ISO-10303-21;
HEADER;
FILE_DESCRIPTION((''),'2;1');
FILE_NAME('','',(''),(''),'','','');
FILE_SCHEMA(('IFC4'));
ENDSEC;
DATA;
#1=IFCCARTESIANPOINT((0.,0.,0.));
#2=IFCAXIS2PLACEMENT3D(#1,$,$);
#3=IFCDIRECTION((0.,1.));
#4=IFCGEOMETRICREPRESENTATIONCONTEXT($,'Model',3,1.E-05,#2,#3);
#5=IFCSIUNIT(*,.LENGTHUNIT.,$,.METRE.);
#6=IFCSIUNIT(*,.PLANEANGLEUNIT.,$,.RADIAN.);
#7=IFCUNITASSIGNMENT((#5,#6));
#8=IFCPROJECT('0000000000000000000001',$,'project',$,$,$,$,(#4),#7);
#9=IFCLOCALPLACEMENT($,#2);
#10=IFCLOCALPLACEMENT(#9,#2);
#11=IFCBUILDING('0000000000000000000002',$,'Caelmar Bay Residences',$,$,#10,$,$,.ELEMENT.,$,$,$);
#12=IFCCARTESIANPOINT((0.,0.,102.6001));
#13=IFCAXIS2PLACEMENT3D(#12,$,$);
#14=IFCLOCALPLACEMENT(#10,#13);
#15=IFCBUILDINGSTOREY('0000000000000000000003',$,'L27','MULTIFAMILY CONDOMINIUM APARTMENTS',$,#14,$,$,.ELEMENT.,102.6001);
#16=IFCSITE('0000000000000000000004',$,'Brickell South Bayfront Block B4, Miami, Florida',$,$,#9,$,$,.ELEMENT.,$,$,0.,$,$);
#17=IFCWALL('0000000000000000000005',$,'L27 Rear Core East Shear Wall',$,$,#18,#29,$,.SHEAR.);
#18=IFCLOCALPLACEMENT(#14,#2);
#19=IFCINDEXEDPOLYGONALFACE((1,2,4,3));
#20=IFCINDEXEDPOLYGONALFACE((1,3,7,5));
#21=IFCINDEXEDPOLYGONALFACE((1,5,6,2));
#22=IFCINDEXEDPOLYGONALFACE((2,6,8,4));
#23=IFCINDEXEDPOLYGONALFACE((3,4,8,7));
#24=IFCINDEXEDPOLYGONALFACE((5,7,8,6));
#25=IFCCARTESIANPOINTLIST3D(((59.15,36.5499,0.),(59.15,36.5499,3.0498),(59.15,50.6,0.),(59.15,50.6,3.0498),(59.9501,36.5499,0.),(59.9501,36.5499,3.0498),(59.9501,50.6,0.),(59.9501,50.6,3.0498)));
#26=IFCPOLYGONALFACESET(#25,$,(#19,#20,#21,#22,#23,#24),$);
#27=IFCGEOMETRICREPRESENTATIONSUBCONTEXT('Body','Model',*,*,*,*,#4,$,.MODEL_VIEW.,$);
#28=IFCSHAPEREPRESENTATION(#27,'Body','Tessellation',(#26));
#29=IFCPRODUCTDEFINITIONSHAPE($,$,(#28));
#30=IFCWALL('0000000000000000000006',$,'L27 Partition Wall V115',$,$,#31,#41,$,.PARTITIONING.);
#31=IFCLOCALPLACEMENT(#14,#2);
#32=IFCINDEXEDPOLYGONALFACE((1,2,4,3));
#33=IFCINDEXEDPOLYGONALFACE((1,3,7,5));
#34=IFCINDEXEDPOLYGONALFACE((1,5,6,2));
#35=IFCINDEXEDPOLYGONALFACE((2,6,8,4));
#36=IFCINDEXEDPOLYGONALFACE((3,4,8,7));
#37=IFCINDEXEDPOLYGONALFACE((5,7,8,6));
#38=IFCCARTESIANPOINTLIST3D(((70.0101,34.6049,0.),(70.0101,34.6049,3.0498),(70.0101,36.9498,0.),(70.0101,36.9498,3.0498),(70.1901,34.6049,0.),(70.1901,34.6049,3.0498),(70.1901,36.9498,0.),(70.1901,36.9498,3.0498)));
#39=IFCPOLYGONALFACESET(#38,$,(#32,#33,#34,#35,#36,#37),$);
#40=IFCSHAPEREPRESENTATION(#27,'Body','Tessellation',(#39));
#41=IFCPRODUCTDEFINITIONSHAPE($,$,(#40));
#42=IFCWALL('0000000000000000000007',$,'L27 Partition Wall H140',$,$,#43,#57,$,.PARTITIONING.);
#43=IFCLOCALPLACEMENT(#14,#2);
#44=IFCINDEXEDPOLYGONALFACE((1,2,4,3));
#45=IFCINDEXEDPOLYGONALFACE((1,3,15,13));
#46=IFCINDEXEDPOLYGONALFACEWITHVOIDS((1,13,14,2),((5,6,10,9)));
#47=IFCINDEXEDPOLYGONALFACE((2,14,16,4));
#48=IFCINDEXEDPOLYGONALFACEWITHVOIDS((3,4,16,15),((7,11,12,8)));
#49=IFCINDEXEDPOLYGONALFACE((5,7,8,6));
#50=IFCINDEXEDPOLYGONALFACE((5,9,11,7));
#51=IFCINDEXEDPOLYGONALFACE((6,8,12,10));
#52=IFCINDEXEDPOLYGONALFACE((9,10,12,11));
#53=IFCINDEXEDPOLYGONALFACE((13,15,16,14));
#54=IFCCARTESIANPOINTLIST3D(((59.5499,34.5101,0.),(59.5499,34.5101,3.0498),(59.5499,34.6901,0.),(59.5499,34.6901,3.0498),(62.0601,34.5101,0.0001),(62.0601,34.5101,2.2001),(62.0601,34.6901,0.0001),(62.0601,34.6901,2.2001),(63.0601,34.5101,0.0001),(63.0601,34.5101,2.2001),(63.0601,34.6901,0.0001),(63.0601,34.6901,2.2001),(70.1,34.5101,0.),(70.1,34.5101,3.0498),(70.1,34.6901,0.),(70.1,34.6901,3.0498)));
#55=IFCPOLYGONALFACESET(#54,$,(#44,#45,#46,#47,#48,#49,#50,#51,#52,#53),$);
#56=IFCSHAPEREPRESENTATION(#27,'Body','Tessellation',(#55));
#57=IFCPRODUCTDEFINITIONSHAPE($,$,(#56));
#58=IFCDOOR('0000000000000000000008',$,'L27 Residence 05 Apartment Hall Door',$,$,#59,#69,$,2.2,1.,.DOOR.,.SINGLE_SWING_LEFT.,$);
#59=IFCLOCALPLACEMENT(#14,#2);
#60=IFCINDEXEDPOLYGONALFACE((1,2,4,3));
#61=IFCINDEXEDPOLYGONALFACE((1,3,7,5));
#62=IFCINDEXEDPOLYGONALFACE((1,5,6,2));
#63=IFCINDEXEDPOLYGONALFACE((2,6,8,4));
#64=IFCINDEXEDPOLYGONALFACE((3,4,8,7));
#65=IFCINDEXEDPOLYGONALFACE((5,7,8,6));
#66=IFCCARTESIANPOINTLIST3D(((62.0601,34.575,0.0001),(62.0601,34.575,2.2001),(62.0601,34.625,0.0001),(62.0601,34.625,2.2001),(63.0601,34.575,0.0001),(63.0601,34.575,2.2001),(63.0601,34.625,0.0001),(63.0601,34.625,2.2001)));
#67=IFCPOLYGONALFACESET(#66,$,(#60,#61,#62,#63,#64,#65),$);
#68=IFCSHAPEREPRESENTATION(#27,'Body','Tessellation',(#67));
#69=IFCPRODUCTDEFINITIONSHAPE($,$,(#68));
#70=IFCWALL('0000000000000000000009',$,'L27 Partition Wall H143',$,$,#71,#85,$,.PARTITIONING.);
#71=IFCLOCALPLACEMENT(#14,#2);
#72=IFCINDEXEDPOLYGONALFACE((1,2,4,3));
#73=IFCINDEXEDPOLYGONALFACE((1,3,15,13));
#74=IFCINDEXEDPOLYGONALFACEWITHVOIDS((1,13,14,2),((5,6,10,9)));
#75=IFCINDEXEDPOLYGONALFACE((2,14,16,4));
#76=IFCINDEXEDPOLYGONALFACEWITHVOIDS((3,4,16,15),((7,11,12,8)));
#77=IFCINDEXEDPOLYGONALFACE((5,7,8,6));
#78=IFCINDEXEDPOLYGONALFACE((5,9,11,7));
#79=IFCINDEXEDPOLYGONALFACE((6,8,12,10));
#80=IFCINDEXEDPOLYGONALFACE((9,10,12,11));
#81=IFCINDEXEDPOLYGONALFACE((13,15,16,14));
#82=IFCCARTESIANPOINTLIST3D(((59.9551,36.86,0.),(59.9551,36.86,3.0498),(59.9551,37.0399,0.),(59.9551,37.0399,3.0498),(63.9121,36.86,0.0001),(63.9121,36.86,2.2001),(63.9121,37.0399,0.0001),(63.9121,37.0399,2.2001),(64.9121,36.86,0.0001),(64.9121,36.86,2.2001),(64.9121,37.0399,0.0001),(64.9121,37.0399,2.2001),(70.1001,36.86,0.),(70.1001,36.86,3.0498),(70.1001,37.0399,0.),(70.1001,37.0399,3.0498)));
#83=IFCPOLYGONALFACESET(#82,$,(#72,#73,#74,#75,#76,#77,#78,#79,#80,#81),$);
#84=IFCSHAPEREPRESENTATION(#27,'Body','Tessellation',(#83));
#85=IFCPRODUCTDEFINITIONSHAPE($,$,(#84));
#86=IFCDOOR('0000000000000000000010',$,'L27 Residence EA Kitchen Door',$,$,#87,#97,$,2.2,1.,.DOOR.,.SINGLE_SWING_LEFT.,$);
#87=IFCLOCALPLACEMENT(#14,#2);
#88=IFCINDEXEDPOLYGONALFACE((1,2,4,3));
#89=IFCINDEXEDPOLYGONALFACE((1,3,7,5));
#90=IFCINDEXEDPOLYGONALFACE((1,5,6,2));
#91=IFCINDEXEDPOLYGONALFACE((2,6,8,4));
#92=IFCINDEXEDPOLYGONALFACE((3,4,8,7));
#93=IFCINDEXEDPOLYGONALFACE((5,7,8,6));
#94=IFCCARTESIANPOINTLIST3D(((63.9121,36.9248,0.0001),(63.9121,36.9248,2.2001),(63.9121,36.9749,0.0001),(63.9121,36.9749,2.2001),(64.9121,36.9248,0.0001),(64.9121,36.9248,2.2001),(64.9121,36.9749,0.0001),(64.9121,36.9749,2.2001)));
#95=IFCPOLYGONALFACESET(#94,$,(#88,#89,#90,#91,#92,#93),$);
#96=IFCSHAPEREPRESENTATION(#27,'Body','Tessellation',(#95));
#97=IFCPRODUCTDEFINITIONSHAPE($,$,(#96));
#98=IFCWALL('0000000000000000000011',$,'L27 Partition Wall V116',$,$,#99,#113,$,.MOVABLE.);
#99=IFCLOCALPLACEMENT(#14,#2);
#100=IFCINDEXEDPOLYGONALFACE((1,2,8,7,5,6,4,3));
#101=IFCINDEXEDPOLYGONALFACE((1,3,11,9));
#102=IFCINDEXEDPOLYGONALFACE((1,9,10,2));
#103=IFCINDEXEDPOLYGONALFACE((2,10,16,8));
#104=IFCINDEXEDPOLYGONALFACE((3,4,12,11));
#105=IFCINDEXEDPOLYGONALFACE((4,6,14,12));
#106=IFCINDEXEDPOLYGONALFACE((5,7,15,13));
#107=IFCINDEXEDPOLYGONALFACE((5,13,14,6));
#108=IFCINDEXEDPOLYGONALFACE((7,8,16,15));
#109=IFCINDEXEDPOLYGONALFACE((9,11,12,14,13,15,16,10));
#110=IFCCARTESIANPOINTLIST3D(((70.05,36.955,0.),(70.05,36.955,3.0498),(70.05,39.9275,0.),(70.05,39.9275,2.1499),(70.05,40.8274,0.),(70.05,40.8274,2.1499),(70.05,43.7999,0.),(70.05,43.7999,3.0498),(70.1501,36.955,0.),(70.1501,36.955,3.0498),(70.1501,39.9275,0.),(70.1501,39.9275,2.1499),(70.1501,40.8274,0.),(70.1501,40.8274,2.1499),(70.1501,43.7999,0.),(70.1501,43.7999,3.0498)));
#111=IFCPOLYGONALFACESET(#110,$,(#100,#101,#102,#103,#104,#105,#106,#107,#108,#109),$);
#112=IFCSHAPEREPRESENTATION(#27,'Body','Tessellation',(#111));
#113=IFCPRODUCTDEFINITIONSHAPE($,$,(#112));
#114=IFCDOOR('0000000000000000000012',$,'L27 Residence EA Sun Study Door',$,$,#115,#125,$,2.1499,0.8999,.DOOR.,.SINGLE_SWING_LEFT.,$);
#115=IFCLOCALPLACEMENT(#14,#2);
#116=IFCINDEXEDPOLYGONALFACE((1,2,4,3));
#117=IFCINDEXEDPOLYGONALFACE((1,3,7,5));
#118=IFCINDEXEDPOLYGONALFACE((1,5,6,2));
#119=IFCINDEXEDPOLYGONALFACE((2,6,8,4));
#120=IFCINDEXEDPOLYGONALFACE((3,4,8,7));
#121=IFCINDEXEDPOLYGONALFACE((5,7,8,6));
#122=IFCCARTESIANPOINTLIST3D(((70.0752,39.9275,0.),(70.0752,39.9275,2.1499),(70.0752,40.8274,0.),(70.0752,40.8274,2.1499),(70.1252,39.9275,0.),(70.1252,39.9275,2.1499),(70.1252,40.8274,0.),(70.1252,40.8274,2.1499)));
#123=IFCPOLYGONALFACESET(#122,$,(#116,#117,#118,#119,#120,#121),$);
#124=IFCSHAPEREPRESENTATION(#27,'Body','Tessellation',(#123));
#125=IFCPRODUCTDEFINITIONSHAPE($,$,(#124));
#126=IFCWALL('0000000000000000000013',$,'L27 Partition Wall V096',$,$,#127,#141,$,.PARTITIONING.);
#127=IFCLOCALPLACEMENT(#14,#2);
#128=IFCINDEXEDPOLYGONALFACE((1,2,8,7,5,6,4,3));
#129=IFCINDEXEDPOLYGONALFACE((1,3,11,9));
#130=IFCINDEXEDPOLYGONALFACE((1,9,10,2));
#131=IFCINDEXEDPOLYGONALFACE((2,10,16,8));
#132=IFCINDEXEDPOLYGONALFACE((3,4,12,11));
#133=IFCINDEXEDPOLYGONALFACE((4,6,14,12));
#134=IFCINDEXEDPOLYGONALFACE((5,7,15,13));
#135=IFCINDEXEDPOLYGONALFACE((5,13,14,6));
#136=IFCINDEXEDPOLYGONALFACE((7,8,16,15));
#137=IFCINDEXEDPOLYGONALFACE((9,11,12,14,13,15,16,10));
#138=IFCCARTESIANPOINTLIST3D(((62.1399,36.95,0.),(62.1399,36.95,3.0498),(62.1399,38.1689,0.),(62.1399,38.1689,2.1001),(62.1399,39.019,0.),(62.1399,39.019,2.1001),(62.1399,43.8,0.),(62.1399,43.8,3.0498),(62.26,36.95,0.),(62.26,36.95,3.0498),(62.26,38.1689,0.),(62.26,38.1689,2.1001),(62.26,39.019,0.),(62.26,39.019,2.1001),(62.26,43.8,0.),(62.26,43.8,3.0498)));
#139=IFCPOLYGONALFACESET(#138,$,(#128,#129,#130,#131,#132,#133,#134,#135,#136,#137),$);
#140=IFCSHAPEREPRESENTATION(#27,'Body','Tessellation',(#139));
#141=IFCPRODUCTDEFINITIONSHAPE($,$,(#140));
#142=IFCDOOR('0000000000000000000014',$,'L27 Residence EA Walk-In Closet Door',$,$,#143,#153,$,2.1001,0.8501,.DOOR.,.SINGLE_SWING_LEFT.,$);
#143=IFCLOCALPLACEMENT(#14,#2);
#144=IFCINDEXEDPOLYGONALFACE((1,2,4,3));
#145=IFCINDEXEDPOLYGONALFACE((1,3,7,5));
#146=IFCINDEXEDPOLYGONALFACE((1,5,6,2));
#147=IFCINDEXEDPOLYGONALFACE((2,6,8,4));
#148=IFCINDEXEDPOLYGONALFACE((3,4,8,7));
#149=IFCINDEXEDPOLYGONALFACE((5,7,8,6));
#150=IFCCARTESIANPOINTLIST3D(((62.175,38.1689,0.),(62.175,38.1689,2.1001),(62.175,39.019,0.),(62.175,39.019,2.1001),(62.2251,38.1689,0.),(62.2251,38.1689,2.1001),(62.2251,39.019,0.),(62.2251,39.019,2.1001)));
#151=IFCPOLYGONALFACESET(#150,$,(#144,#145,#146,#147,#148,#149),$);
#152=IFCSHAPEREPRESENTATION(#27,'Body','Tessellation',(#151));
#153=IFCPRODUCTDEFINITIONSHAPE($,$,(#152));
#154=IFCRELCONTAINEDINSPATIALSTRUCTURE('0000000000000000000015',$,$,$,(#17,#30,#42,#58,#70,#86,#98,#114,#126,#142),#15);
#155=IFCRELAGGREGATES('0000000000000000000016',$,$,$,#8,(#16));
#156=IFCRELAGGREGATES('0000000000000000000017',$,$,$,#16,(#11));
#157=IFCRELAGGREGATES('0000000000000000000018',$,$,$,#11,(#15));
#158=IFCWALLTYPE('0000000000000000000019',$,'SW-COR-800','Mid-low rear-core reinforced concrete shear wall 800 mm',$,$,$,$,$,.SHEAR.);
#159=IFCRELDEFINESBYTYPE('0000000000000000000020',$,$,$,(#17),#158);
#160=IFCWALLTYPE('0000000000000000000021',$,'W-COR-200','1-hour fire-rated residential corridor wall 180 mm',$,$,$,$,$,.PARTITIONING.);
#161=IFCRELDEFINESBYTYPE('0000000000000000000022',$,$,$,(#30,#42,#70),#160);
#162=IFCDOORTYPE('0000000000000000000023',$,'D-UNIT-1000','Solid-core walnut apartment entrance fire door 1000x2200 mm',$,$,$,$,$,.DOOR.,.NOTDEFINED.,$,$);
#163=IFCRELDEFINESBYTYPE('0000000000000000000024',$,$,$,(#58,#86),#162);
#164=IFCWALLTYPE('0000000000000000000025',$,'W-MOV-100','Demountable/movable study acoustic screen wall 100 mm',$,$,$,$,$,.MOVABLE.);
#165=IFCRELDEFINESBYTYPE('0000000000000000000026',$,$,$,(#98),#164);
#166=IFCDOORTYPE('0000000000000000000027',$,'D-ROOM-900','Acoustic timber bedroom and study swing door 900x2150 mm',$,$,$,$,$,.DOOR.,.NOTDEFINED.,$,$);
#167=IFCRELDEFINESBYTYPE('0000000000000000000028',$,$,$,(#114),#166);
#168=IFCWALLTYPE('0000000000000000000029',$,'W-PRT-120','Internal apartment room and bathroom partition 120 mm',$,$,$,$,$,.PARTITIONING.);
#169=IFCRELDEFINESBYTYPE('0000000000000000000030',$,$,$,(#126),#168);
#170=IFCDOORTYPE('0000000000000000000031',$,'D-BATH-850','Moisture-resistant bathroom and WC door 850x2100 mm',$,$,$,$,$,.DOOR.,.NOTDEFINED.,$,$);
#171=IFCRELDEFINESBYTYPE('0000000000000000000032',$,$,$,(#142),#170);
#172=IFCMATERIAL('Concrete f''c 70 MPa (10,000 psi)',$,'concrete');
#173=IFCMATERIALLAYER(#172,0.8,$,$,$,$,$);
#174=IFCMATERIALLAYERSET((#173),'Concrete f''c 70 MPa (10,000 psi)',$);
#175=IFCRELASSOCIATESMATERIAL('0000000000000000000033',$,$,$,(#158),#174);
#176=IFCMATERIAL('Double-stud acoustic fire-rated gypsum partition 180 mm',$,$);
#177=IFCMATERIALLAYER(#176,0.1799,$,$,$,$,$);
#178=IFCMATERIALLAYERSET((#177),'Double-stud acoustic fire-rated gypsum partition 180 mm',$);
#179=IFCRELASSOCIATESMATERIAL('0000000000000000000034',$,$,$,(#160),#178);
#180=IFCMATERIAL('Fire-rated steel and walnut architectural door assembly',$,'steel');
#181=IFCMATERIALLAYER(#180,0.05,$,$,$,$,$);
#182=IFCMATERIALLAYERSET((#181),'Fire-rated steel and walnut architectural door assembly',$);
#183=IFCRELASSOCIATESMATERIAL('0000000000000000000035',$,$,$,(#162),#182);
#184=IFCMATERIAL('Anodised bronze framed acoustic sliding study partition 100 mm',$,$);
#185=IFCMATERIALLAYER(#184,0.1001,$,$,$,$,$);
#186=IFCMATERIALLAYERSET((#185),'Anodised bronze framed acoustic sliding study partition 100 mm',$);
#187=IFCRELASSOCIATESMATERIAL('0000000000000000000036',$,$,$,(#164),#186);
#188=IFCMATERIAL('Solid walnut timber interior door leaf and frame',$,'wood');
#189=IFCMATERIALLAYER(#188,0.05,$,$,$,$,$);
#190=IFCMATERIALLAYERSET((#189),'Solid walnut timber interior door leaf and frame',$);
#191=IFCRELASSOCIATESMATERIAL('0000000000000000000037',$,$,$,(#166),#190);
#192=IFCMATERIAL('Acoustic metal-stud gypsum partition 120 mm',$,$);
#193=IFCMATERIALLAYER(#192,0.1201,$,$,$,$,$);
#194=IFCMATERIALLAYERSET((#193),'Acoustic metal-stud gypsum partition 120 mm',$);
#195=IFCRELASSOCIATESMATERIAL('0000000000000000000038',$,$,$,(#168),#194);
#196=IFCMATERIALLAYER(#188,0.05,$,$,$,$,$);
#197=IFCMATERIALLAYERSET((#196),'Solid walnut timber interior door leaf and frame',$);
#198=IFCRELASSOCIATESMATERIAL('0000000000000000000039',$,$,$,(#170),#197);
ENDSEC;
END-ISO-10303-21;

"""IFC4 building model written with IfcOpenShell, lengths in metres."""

from ifc_helpers import new_model, si_unit, direction, frame, frame_2d, origin, place, context, subcontext, project, spatial, rectangle, extrude, material, layer, layer_set, type_object, element, fill, save


model = new_model("IFC4")

# Units and contexts
model_context = context("Model", 3, precision=1e-05, world=origin(), true_north=direction((0.0, 1.0)))
body_context = subcontext(model_context, "Body", "Model", "MODEL_VIEW")
ifc_project = project(units=[si_unit("LENGTHUNIT", "METRE"), si_unit("PLANEANGLEUNIT", "RADIAN")], contexts=[model_context])

# Site, building, storey
site_placement = place(None, origin())
site = spatial("IfcSite", under=ifc_project, at=site_placement, Name="Brickell South Bayfront Block B4, Miami, Florida", CompositionType="ELEMENT", RefElevation=0.0)
building_placement = place(site_placement, origin())
building = spatial("IfcBuilding", under=site, at=building_placement, Name="Caelmar Bay Residences", CompositionType="ELEMENT")
storey_placement = place(building_placement, frame((0.0, 0.0, 102.6001)))
storey = spatial("IfcBuildingStorey", under=building, at=storey_placement, Name="L27", Description="MULTIFAMILY CONDOMINIUM APARTMENTS", CompositionType="ELEMENT", Elevation=102.6001)

# Walls
ifc_material_1 = material(Name="Concrete f'c 70 MPa (10,000 psi)", Category="concrete")
ifc_layer_1 = layer(ifc_material_1, 0.8)
ifc_layer_set_1 = layer_set([ifc_layer_1], Name="Concrete f'c 70 MPa (10,000 psi)")
wall_type_1 = type_object("IfcWallType", Name="SW-COR-800", Description="Mid-low rear-core reinforced concrete shear wall 800 mm", PredefinedType="SHEAR", material=ifc_layer_set_1)
wall_1_placement = place(storey_placement, frame((59.55, 36.55, 0.0), z_axis=(0.0, 0.0, 1.0), x_axis=(0.0, 1.0, 0.0)))
element("IfcWall", 1, at=wall_1_placement, inside=storey, type_object=wall_type_1, Name="L27 Rear Core East Shear Wall", PredefinedType="SHEAR", context=body_context, shape_type="SweptSolid", body=[
    extrude(rectangle(XDim=14.05, YDim=0.8, at=frame_2d((7.0249, 0.0))), origin(), (0.0, 0.0, 1.0), 3.0498),
])
ifc_material_2 = material(Name="Double-stud acoustic fire-rated gypsum partition 180 mm")
ifc_layer_2 = layer(ifc_material_2, 0.1799)
ifc_layer_set_2 = layer_set([ifc_layer_2], Name="Double-stud acoustic fire-rated gypsum partition 180 mm")
wall_type_2 = type_object("IfcWallType", Name="W-COR-200", Description="1-hour fire-rated residential corridor wall 180 mm", PredefinedType="PARTITIONING", material=ifc_layer_set_2)
wall_2_placement = place(storey_placement, frame((70.1001, 34.605, 0.0), z_axis=(0.0, 0.0, 1.0), x_axis=(0.0, 1.0, 0.0)))
element("IfcWall", 2, at=wall_2_placement, inside=storey, type_object=wall_type_2, Name="L27 Partition Wall V115", PredefinedType="PARTITIONING", context=body_context, shape_type="SweptSolid", body=[
    extrude(rectangle(XDim=2.345, YDim=0.1799, at=frame_2d((1.1724, 0.0))), origin(), (0.0, 0.0, 1.0), 3.0498),
])

# Walls, openings, doors
wall_3_placement = place(storey_placement, frame((59.55, 34.6001, 0.0), z_axis=(0.0, 0.0, 1.0), x_axis=(1.0, 0.0, 0.0)))
wall_3 = element("IfcWall", 3, at=wall_3_placement, inside=storey, type_object=wall_type_2, Name="L27 Partition Wall H140", PredefinedType="PARTITIONING", context=body_context, shape_type="SweptSolid", body=[
    extrude(rectangle(XDim=10.55, YDim=0.1799, at=frame_2d((5.2749, 0.0))), origin(), (0.0, 0.0, 1.0), 3.0498),
])
opening_1_placement = place(wall_3_placement, frame((2.51, 0.0, 0.0)))
opening_1 = element("IfcOpeningElement", 4, at=opening_1_placement, cuts=wall_3, PredefinedType="OPENING", context=body_context, shape_type="SweptSolid", body=[
    extrude(rectangle(XDim=1.0, YDim=2.2, at=frame_2d((0.5, 1.1001))), frame((0.0, 0.0999, 0.0), z_axis=(0.0, -1.0, 0.0), x_axis=(1.0, 0.0, 0.0)), (0.0, 0.0, 1.0), 0.2),
])
ifc_material_3 = material(Name="Fire-rated steel and walnut architectural door assembly", Category="steel")
ifc_layer_3 = layer(ifc_material_3, 0.05)
ifc_layer_set_3 = layer_set([ifc_layer_3], Name="Fire-rated steel and walnut architectural door assembly")
door_type_1 = type_object("IfcDoorType", Name="D-UNIT-1000", Description="Solid-core walnut apartment entrance fire door 1000x2200 mm", OperationType="NOTDEFINED", PredefinedType="DOOR", material=ifc_layer_set_3)
door_1_placement = place(opening_1_placement, origin())
door_1 = element("IfcDoor", 5, at=door_1_placement, inside=storey, type_object=door_type_1, Name="L27 Residence 05 Apartment Hall Door", OperationType="SINGLE_SWING_LEFT", OverallHeight=2.2, OverallWidth=1.0, PredefinedType="DOOR", context=body_context, shape_type="SweptSolid", body=[
    extrude(rectangle(XDim=1.0, YDim=2.2, at=frame_2d((0.5, 1.1001))), frame((0.0, 0.0249, 0.0), z_axis=(0.0, -1.0, 0.0), x_axis=(1.0, 0.0, 0.0)), (0.0, 0.0, 1.0), 0.05),
])
fill(opening_1, door_1)
wall_4_placement = place(storey_placement, frame((59.9551, 36.95, 0.0), z_axis=(0.0, 0.0, 1.0), x_axis=(1.0, 0.0, 0.0)))
wall_4 = element("IfcWall", 6, at=wall_4_placement, inside=storey, type_object=wall_type_2, Name="L27 Partition Wall H143", PredefinedType="PARTITIONING", context=body_context, shape_type="SweptSolid", body=[
    extrude(rectangle(XDim=10.145, YDim=0.1799, at=frame_2d((5.0725, 0.0))), origin(), (0.0, 0.0, 1.0), 3.0498),
])
opening_2_placement = place(wall_4_placement, frame((3.957, 0.0, 0.0)))
opening_2 = element("IfcOpeningElement", 7, at=opening_2_placement, cuts=wall_4, PredefinedType="OPENING", context=body_context, shape_type="SweptSolid", body=[
    extrude(rectangle(XDim=1.0, YDim=2.2, at=frame_2d((0.5, 1.1001))), frame((0.0, 0.0999, 0.0), z_axis=(0.0, -1.0, 0.0), x_axis=(1.0, 0.0, 0.0)), (0.0, 0.0, 1.0), 0.2),
])
door_2_placement = place(opening_2_placement, origin())
door_2 = element("IfcDoor", 8, at=door_2_placement, inside=storey, type_object=door_type_1, Name="L27 Residence EA Kitchen Door", OperationType="SINGLE_SWING_LEFT", OverallHeight=2.2, OverallWidth=1.0, PredefinedType="DOOR", context=body_context, shape_type="SweptSolid", body=[
    extrude(rectangle(XDim=1.0, YDim=2.2, at=frame_2d((0.5, 1.1001))), frame((0.0, 0.0249, 0.0), z_axis=(0.0, -1.0, 0.0), x_axis=(1.0, 0.0, 0.0)), (0.0, 0.0, 1.0), 0.05),
])
fill(opening_2, door_2)
ifc_material_4 = material(Name="Anodised bronze framed acoustic sliding study partition 100 mm")
ifc_layer_4 = layer(ifc_material_4, 0.1001)
ifc_layer_set_4 = layer_set([ifc_layer_4], Name="Anodised bronze framed acoustic sliding study partition 100 mm")
wall_type_3 = type_object("IfcWallType", Name="W-MOV-100", Description="Demountable/movable study acoustic screen wall 100 mm", PredefinedType="MOVABLE", material=ifc_layer_set_4)
wall_5_placement = place(storey_placement, frame((70.1001, 36.9551, 0.0), z_axis=(0.0, 0.0, 1.0), x_axis=(0.0, 1.0, 0.0)))
wall_5 = element("IfcWall", 9, at=wall_5_placement, inside=storey, type_object=wall_type_3, Name="L27 Partition Wall V116", PredefinedType="MOVABLE", context=body_context, shape_type="SweptSolid", body=[
    extrude(rectangle(XDim=6.845, YDim=0.1001, at=frame_2d((3.4224, 0.0))), origin(), (0.0, 0.0, 1.0), 3.0498),
])
opening_3_placement = place(wall_5_placement, frame((2.9724, 0.0, 0.0)))
opening_3 = element("IfcOpeningElement", 10, at=opening_3_placement, cuts=wall_5, PredefinedType="OPENING", context=body_context, shape_type="SweptSolid", body=[
    extrude(rectangle(XDim=0.8999, YDim=2.1499, at=frame_2d((0.45, 1.075))), frame((0.0, 0.0601, 0.0), z_axis=(0.0, -1.0, 0.0), x_axis=(1.0, 0.0, 0.0)), (0.0, 0.0, 1.0), 0.1201),
])
ifc_material_5 = material(Name="Solid walnut timber interior door leaf and frame", Category="wood")
ifc_layer_5 = layer(ifc_material_5, 0.05)
ifc_layer_set_5 = layer_set([ifc_layer_5], Name="Solid walnut timber interior door leaf and frame")
door_type_2 = type_object("IfcDoorType", Name="D-ROOM-900", Description="Acoustic timber bedroom and study swing door 900x2150 mm", OperationType="NOTDEFINED", PredefinedType="DOOR", material=ifc_layer_set_5)
door_3_placement = place(opening_3_placement, origin())
door_3 = element("IfcDoor", 11, at=door_3_placement, inside=storey, type_object=door_type_2, Name="L27 Residence EA Sun Study Door", OperationType="SINGLE_SWING_LEFT", OverallHeight=2.1499, OverallWidth=0.8999, PredefinedType="DOOR", context=body_context, shape_type="SweptSolid", body=[
    extrude(rectangle(XDim=0.8999, YDim=2.1499, at=frame_2d((0.45, 1.075))), frame((0.0, 0.0249, 0.0), z_axis=(0.0, -1.0, 0.0), x_axis=(1.0, 0.0, 0.0)), (0.0, 0.0, 1.0), 0.05),
])
fill(opening_3, door_3)
ifc_material_6 = material(Name="Acoustic metal-stud gypsum partition 120 mm")
ifc_layer_6 = layer(ifc_material_6, 0.1201)
ifc_layer_set_6 = layer_set([ifc_layer_6], Name="Acoustic metal-stud gypsum partition 120 mm")
wall_type_4 = type_object("IfcWallType", Name="W-PRT-120", Description="Internal apartment room and bathroom partition 120 mm", PredefinedType="PARTITIONING", material=ifc_layer_set_6)
wall_6_placement = place(storey_placement, frame((62.2, 36.95, 0.0), z_axis=(0.0, 0.0, 1.0), x_axis=(0.0, 1.0, 0.0)))
wall_6 = element("IfcWall", 12, at=wall_6_placement, inside=storey, type_object=wall_type_4, Name="L27 Partition Wall V096", PredefinedType="PARTITIONING", context=body_context, shape_type="SweptSolid", body=[
    extrude(rectangle(XDim=6.8501, YDim=0.1201, at=frame_2d((3.425, 0.0))), origin(), (0.0, 0.0, 1.0), 3.0498),
])
opening_4_placement = place(wall_6_placement, frame((1.219, 0.0, 0.0)))
opening_4 = element("IfcOpeningElement", 13, at=opening_4_placement, cuts=wall_6, PredefinedType="OPENING", context=body_context, shape_type="SweptSolid", body=[
    extrude(rectangle(XDim=0.8501, YDim=2.1001, at=frame_2d((0.425, 1.05))), frame((0.0, 0.0701, 0.0), z_axis=(0.0, -1.0, 0.0), x_axis=(1.0, 0.0, 0.0)), (0.0, 0.0, 1.0), 0.1401),
])
ifc_layer_7 = layer(ifc_material_5, 0.05)
ifc_layer_set_7 = layer_set([ifc_layer_7], Name="Solid walnut timber interior door leaf and frame")
door_type_3 = type_object("IfcDoorType", Name="D-BATH-850", Description="Moisture-resistant bathroom and WC door 850x2100 mm", OperationType="NOTDEFINED", PredefinedType="DOOR", material=ifc_layer_set_7)
door_4_placement = place(opening_4_placement, origin())
door_4 = element("IfcDoor", 14, at=door_4_placement, inside=storey, type_object=door_type_3, Name="L27 Residence EA Walk-In Closet Door", OperationType="SINGLE_SWING_LEFT", OverallHeight=2.1001, OverallWidth=0.8501, PredefinedType="DOOR", context=body_context, shape_type="SweptSolid", body=[
    extrude(rectangle(XDim=0.8501, YDim=2.1001, at=frame_2d((0.425, 1.05))), frame((0.0, 0.0249, 0.0), z_axis=(0.0, -1.0, 0.0), x_axis=(1.0, 0.0, 0.0)), (0.0, 0.0, 1.0), 0.05),
])
fill(opening_4, door_4)

save(model, "model.ifc")
